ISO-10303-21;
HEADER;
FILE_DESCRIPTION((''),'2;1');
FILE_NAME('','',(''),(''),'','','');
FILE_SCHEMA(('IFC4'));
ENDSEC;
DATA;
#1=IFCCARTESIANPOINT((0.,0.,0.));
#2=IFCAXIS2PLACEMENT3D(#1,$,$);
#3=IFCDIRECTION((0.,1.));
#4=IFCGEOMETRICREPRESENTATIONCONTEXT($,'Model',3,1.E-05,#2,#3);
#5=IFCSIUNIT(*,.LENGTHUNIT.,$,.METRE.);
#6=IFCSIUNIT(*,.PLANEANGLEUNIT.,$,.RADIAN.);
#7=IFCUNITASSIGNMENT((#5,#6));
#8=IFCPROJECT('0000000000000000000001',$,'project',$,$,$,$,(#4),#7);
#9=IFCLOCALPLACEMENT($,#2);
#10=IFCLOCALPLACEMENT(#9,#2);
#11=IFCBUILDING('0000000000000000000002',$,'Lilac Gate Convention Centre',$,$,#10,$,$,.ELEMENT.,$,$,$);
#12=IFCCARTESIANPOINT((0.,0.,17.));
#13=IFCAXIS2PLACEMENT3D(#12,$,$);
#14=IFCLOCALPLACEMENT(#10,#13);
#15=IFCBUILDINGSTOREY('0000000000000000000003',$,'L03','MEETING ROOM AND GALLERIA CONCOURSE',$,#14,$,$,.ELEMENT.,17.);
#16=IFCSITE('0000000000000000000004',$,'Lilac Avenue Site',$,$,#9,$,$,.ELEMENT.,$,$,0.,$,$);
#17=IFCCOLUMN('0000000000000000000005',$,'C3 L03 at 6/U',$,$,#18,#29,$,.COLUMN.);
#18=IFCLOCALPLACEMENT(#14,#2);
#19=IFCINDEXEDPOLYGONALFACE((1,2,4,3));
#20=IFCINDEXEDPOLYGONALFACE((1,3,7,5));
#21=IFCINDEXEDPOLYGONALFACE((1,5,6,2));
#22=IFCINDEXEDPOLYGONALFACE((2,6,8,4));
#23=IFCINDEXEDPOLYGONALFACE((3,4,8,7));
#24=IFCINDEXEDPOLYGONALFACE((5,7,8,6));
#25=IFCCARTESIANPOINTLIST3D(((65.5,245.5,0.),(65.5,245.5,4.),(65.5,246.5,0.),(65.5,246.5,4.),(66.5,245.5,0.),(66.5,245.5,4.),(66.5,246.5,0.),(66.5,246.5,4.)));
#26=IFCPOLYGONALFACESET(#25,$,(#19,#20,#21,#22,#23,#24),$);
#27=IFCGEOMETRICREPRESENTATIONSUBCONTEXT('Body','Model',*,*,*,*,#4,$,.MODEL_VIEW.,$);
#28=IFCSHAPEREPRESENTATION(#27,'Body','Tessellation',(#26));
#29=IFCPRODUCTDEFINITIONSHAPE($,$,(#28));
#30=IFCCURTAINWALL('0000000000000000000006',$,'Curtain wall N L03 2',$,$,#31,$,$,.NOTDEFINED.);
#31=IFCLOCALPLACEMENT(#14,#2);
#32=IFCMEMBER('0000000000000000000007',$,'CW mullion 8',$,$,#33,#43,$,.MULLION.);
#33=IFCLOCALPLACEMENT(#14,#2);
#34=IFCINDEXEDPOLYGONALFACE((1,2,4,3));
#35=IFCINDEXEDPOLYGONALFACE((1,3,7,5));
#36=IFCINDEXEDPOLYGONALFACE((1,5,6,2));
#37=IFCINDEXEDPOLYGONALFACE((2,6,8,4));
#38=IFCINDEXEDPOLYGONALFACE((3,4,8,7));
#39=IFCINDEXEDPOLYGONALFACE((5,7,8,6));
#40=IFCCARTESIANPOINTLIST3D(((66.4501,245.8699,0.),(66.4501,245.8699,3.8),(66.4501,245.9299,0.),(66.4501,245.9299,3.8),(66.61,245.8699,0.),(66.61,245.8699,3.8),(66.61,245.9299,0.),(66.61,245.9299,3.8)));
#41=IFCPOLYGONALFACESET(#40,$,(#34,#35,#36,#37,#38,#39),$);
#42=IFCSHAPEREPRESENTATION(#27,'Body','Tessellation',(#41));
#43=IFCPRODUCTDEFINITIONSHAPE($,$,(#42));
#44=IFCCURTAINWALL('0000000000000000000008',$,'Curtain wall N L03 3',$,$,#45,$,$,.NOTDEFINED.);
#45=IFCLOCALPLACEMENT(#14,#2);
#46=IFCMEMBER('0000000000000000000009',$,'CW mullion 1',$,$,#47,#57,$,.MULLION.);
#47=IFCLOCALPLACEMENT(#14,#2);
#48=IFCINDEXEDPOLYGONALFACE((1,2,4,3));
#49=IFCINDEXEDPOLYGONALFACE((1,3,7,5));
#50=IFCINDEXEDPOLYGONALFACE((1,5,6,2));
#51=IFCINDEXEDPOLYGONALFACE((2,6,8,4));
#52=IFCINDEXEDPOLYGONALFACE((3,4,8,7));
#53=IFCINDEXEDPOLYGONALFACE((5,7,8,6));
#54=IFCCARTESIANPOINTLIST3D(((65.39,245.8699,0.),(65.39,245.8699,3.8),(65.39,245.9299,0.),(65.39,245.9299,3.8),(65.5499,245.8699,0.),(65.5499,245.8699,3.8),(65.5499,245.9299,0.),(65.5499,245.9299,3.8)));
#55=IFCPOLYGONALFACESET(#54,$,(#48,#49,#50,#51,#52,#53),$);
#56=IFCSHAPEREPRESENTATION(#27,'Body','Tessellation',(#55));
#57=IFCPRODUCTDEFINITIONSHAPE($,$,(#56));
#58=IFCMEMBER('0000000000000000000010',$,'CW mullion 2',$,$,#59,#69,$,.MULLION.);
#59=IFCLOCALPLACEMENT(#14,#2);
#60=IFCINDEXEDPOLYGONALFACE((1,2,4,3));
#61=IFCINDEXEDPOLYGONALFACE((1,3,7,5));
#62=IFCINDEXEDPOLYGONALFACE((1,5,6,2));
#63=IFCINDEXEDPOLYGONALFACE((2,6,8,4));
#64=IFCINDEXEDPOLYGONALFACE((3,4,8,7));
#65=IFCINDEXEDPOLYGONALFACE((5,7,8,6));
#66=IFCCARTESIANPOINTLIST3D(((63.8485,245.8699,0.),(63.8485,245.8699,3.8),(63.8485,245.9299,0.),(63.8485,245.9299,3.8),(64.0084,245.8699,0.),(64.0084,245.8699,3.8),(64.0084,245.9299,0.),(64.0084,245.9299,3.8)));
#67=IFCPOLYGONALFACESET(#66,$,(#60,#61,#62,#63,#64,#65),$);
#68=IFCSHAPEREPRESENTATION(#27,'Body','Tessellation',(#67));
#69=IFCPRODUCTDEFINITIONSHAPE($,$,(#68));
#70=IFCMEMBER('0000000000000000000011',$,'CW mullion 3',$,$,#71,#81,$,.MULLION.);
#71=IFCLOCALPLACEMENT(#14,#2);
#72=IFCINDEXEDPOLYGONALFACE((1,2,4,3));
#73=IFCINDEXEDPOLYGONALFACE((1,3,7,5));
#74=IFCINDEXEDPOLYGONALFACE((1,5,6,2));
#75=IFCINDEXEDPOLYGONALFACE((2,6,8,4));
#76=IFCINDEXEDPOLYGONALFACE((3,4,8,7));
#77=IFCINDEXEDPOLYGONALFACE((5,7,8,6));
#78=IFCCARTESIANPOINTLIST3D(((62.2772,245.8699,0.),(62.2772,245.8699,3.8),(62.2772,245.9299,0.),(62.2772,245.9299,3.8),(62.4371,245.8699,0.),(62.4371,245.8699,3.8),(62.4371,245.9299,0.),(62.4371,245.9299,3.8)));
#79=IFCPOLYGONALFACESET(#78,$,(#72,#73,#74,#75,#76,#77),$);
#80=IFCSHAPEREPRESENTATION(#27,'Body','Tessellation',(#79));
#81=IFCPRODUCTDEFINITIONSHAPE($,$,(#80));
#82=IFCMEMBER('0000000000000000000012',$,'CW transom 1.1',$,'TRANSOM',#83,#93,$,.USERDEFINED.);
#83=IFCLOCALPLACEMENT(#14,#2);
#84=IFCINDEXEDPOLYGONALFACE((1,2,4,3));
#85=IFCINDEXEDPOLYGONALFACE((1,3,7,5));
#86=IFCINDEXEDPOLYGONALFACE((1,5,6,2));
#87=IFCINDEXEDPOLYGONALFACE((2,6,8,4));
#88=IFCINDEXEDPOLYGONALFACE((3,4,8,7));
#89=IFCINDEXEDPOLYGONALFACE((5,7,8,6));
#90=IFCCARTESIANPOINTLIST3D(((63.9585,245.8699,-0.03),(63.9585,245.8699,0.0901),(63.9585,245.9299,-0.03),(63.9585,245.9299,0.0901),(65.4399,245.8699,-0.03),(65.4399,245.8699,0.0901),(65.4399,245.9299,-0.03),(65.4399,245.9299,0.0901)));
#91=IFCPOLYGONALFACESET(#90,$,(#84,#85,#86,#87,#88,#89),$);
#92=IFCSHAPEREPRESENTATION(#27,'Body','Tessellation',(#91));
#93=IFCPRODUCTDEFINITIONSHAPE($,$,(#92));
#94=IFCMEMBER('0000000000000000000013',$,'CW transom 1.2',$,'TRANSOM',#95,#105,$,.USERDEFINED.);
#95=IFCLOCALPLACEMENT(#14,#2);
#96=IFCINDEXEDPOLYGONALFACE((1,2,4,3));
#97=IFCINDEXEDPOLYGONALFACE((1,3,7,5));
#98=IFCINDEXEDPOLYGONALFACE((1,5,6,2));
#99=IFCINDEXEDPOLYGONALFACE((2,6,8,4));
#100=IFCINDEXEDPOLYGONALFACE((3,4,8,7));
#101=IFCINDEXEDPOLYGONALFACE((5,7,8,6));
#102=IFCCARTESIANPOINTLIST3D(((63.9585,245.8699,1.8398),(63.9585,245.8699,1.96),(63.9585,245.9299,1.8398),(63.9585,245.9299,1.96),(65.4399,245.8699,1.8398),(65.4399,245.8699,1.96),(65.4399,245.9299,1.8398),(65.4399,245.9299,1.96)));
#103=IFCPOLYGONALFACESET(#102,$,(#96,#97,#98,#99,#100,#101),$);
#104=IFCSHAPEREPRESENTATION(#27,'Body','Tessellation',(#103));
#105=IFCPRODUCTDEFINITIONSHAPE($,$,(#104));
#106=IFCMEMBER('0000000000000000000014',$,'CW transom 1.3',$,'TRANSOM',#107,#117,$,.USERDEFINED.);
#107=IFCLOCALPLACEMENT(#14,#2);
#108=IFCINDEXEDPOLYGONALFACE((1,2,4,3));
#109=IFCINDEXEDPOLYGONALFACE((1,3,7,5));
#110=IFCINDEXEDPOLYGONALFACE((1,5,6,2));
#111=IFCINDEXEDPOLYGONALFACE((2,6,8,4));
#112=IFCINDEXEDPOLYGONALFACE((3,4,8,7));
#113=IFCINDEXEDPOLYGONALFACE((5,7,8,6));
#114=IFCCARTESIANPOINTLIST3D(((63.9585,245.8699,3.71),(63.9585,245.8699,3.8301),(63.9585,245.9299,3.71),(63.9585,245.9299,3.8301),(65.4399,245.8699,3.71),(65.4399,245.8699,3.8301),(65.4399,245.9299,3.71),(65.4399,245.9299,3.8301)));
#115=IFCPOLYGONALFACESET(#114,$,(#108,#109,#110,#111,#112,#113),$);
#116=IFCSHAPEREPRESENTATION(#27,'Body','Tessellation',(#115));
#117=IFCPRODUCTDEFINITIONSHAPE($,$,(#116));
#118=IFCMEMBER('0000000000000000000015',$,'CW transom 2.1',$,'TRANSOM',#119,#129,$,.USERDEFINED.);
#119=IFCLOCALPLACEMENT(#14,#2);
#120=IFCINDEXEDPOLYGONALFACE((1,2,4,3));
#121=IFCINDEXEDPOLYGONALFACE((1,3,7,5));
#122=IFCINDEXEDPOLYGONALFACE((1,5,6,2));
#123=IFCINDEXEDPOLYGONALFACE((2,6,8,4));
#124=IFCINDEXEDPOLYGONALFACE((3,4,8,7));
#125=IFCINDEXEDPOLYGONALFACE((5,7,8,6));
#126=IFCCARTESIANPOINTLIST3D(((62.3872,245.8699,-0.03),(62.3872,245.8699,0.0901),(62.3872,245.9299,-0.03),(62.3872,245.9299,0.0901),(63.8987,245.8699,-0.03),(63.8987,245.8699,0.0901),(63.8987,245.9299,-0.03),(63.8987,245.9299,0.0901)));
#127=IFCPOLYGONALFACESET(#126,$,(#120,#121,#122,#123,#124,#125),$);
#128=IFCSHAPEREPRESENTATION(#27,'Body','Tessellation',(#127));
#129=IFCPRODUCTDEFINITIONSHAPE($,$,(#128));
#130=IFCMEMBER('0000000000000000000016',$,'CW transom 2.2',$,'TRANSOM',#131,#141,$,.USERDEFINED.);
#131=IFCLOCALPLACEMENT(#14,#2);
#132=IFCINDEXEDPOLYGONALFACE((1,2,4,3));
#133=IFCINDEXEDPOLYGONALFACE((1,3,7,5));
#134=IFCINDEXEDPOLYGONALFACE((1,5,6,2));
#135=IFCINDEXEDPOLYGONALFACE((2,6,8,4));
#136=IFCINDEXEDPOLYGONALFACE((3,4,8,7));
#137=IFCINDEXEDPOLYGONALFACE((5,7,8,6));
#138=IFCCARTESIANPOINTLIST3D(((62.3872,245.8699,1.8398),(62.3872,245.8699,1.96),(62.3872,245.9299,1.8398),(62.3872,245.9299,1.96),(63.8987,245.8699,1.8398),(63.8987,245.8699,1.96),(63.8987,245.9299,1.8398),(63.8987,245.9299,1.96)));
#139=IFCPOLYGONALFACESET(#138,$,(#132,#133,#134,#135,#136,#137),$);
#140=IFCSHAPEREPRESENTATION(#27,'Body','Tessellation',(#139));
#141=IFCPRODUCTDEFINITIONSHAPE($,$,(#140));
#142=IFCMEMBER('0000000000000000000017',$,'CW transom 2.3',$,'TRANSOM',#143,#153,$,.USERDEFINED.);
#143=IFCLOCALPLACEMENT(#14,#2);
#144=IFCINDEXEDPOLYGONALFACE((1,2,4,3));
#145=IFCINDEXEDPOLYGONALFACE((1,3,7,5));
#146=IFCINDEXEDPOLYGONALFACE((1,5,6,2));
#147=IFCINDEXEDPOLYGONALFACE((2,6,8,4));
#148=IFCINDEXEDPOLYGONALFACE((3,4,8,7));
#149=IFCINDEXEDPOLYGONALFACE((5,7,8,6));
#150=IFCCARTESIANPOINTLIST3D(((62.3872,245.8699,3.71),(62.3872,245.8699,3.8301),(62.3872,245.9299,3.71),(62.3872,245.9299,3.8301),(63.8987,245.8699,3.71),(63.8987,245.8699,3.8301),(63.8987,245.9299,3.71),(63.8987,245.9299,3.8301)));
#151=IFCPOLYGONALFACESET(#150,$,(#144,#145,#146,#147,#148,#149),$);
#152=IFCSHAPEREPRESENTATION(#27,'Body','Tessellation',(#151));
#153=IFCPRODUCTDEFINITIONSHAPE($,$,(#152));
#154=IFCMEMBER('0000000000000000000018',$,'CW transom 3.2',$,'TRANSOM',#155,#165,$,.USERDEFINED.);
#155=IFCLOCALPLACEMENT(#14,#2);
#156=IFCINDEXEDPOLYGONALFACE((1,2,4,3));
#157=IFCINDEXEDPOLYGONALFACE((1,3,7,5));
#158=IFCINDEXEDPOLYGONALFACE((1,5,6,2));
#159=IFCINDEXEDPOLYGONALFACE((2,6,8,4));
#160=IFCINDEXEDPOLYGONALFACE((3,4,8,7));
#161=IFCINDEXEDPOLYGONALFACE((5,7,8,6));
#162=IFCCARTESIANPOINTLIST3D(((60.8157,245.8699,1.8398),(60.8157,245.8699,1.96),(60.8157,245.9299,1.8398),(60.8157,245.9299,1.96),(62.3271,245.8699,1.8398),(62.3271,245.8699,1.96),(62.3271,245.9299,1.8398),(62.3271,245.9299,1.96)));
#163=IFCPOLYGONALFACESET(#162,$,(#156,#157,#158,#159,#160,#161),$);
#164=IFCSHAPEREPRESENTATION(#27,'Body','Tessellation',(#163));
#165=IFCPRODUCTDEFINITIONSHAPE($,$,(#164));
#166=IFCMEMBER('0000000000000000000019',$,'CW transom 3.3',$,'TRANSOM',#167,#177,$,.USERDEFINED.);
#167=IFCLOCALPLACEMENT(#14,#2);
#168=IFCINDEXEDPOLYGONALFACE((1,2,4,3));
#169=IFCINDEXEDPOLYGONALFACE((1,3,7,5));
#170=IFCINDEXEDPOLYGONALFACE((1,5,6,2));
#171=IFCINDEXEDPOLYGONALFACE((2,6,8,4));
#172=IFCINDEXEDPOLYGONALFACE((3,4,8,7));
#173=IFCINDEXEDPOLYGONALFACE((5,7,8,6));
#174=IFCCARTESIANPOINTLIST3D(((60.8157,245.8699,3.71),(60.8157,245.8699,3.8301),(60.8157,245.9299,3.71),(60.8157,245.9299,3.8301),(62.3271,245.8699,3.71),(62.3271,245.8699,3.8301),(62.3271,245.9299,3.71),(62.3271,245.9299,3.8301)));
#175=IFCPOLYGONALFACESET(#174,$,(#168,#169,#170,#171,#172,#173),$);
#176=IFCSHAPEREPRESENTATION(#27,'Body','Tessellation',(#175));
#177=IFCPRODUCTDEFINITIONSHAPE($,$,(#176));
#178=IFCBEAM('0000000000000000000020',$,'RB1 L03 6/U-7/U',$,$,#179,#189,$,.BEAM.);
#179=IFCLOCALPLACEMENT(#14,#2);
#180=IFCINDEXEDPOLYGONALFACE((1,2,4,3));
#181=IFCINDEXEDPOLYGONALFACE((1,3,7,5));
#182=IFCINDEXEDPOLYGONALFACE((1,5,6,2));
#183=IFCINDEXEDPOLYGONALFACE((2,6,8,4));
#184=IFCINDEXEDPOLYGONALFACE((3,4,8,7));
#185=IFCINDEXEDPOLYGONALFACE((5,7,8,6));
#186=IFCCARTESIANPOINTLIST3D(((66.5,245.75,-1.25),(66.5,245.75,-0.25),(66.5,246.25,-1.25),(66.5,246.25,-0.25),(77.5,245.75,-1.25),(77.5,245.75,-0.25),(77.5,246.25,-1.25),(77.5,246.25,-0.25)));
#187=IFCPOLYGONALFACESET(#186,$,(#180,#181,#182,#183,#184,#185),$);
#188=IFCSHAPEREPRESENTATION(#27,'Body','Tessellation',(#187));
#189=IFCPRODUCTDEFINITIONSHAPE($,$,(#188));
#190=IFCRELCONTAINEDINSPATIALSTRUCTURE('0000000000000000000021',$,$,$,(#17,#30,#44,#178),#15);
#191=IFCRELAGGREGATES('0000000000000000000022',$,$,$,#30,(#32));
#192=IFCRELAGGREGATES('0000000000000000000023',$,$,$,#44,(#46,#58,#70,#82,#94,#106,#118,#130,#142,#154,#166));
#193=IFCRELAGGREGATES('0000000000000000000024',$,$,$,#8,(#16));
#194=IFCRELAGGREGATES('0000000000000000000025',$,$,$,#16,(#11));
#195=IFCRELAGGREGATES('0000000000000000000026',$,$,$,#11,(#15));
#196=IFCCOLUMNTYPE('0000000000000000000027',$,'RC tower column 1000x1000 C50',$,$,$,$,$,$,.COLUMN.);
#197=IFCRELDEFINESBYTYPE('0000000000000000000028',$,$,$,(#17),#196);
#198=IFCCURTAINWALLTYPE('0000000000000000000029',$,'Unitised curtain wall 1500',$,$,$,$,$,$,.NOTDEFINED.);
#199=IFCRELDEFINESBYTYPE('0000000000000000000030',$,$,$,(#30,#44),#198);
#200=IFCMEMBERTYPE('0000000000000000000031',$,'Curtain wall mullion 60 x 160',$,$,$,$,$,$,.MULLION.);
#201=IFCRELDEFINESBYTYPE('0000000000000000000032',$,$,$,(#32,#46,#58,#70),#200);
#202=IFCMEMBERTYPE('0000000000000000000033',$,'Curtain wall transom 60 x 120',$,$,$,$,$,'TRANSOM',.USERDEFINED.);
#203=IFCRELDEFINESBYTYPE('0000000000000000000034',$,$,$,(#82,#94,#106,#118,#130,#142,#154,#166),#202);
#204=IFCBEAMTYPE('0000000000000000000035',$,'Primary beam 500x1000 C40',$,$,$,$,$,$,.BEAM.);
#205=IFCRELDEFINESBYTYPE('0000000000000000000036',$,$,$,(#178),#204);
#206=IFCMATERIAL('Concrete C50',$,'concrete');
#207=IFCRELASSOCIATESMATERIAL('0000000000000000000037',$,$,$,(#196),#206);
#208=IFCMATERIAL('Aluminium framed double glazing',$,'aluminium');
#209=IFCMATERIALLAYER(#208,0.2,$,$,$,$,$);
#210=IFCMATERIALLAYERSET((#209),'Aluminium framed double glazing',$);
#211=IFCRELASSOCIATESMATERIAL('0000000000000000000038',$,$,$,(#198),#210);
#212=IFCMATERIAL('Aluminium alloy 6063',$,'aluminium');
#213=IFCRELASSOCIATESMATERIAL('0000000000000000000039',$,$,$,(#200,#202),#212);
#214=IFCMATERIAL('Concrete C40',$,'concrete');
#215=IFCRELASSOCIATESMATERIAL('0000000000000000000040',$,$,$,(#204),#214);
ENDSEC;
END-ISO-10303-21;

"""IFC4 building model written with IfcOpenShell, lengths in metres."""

from ifc_helpers import new_model, si_unit, direction, frame, origin, origin_2d, place, context, subcontext, project, spatial, rectangle, extrude, material, layer, layer_set, material_profile, profile_set, type_object, element, aggregate, save


model = new_model("IFC4")

# Units and contexts
model_context = context("Model", 3, precision=1e-05, world=origin(), true_north=direction((0.0, 1.0)))
body_context = subcontext(model_context, "Body", "Model", "MODEL_VIEW")
ifc_project = project(units=[si_unit("LENGTHUNIT", "METRE"), si_unit("PLANEANGLEUNIT", "RADIAN")], contexts=[model_context])

# Site, building, storey
site_placement = place(None, origin())
site = spatial("IfcSite", under=ifc_project, at=site_placement, Name="Lilac Avenue Site", CompositionType="ELEMENT", RefElevation=0.0)
building_placement = place(site_placement, origin())
building = spatial("IfcBuilding", under=site, at=building_placement, Name="Lilac Gate Convention Centre", CompositionType="ELEMENT")
storey_placement = place(building_placement, frame((0.0, 0.0, 17.0)))
storey = spatial("IfcBuildingStorey", under=building, at=storey_placement, Name="L03", Description="MEETING ROOM AND GALLERIA CONCOURSE", CompositionType="ELEMENT", Elevation=17.0)

# Column
ifc_material_1 = material(Name="Concrete C50", Category="concrete")
ifc_material_profile_1 = material_profile(ifc_material_1, rectangle(XDim=1.0, YDim=1.0, at=origin_2d()), Name="RC 1000x1000")
ifc_profile_set_1 = profile_set([ifc_material_profile_1], Name="Concrete C50")
column_type = type_object("IfcColumnType", Name="RC tower column 1000x1000 C50", PredefinedType="COLUMN", material=ifc_profile_set_1)
column_placement = place(storey_placement, frame((66.0, 246.0, 0.0), z_axis=(0.0, 0.0, 1.0), x_axis=(1.0, 0.0, 0.0)))
element("IfcColumn", 1, at=column_placement, inside=storey, type_object=column_type, Name="C3 L03 at 6/U", PredefinedType="COLUMN", context=body_context, shape_type="SweptSolid", body=[
    extrude(rectangle(XDim=1.0, YDim=1.0, at=origin_2d()), origin(), (0.0, 0.0, 1.0), 4.0),
])

# Curtain wall, member
ifc_material_2 = material(Name="Aluminium framed double glazing", Category="aluminium")
ifc_layer_1 = layer(ifc_material_2, 0.2)
ifc_layer_set_1 = layer_set([ifc_layer_1], Name="Aluminium framed double glazing")
curtain_wall_type = type_object("IfcCurtainWallType", Name="Unitised curtain wall 1500", PredefinedType="NOTDEFINED", material=ifc_layer_set_1)
curtain_wall_1_placement = place(storey_placement, origin())
curtain_wall_1 = element("IfcCurtainWall", 2, at=curtain_wall_1_placement, inside=storey, type_object=curtain_wall_type, Name="Curtain wall N L03 2", PredefinedType="NOTDEFINED")
ifc_material_3 = material(Name="Aluminium alloy 6063", Category="aluminium")
ifc_material_profile_2 = material_profile(ifc_material_3, rectangle(XDim=0.0601, YDim=0.1599, at=origin_2d()), Name="Curtain wall mullion 60 x 160")
ifc_profile_set_2 = profile_set([ifc_material_profile_2], Name="Aluminium alloy 6063")
member_type_1 = type_object("IfcMemberType", Name="Curtain wall mullion 60 x 160", PredefinedType="MULLION", material=ifc_profile_set_2)
member_1_placement = place(storey_placement, frame((66.53, 245.8999, 0.0), z_axis=(0.0, 0.0, 1.0), x_axis=(0.0, -1.0, 0.0)))
member_1 = element("IfcMember", 3, at=member_1_placement, type_object=member_type_1, Name="CW mullion 8", PredefinedType="MULLION", context=body_context, shape_type="SweptSolid", body=[
    extrude(rectangle(XDim=0.0601, YDim=0.1599, at=origin_2d()), origin(), (0.0, 0.0, 1.0), 3.8),
])

# Curtain wall, members
curtain_wall_2_placement = place(storey_placement, origin())
curtain_wall_2 = element("IfcCurtainWall", 4, at=curtain_wall_2_placement, inside=storey, type_object=curtain_wall_type, Name="Curtain wall N L03 3", PredefinedType="NOTDEFINED")
member_2_placement = place(storey_placement, frame((65.47, 245.8999, 0.0), z_axis=(0.0, 0.0, 1.0), x_axis=(0.0, -1.0, 0.0)))
member_2 = element("IfcMember", 5, at=member_2_placement, type_object=member_type_1, Name="CW mullion 1", PredefinedType="MULLION", context=body_context, shape_type="SweptSolid", body=[
    extrude(rectangle(XDim=0.0601, YDim=0.1599, at=origin_2d()), origin(), (0.0, 0.0, 1.0), 3.8),
])
member_3_placement = place(storey_placement, frame((63.9285, 245.8999, 0.0), z_axis=(0.0, 0.0, 1.0), x_axis=(0.0, -1.0, 0.0)))
member_3 = element("IfcMember", 6, at=member_3_placement, type_object=member_type_1, Name="CW mullion 2", PredefinedType="MULLION", context=body_context, shape_type="SweptSolid", body=[
    extrude(rectangle(XDim=0.0601, YDim=0.1599, at=origin_2d()), origin(), (0.0, 0.0, 1.0), 3.8),
])
member_4_placement = place(storey_placement, frame((62.3572, 245.8999, 0.0), z_axis=(0.0, 0.0, 1.0), x_axis=(0.0, -1.0, 0.0)))
member_4 = element("IfcMember", 7, at=member_4_placement, type_object=member_type_1, Name="CW mullion 3", PredefinedType="MULLION", context=body_context, shape_type="SweptSolid", body=[
    extrude(rectangle(XDim=0.0601, YDim=0.1599, at=origin_2d()), origin(), (0.0, 0.0, 1.0), 3.8),
])
ifc_material_profile_3 = material_profile(ifc_material_3, rectangle(XDim=0.0601, YDim=0.1201, at=origin_2d()), Name="Curtain wall transom 60 x 120")
ifc_profile_set_3 = profile_set([ifc_material_profile_3], Name="Aluminium alloy 6063")
member_type_2 = type_object("IfcMemberType", Name="Curtain wall transom 60 x 120", ElementType="TRANSOM", PredefinedType="USERDEFINED", material=ifc_profile_set_3)
member_5_placement = place(storey_placement, frame((65.4399, 245.8999, 0.03), z_axis=(-1.0, 0.0, 0.0), x_axis=(0.0, -1.0, 0.0)))
member_5 = element("IfcMember", 8, at=member_5_placement, type_object=member_type_2, Name="CW transom 1.1", ObjectType="TRANSOM", PredefinedType="USERDEFINED", context=body_context, shape_type="SweptSolid", body=[
    extrude(rectangle(XDim=0.0601, YDim=0.1201, at=origin_2d()), origin(), (0.0, 0.0, 1.0), 1.4814),
])
member_6_placement = place(storey_placement, frame((65.4399, 245.8999, 1.8999), z_axis=(-1.0, 0.0, 0.0), x_axis=(0.0, -1.0, 0.0)))
member_6 = element("IfcMember", 9, at=member_6_placement, type_object=member_type_2, Name="CW transom 1.2", ObjectType="TRANSOM", PredefinedType="USERDEFINED", context=body_context, shape_type="SweptSolid", body=[
    extrude(rectangle(XDim=0.0601, YDim=0.1201, at=origin_2d()), origin(), (0.0, 0.0, 1.0), 1.4814),
])
member_7_placement = place(storey_placement, frame((65.4399, 245.8999, 3.77), z_axis=(-1.0, 0.0, 0.0), x_axis=(0.0, -1.0, 0.0)))
member_7 = element("IfcMember", 10, at=member_7_placement, type_object=member_type_2, Name="CW transom 1.3", ObjectType="TRANSOM", PredefinedType="USERDEFINED", context=body_context, shape_type="SweptSolid", body=[
    extrude(rectangle(XDim=0.0601, YDim=0.1201, at=origin_2d()), origin(), (0.0, 0.0, 1.0), 1.4814),
])
member_8_placement = place(storey_placement, frame((63.8987, 245.8999, 0.03), z_axis=(-1.0, 0.0, 0.0), x_axis=(0.0, -1.0, 0.0)))
member_8 = element("IfcMember", 11, at=member_8_placement, type_object=member_type_2, Name="CW transom 2.1", ObjectType="TRANSOM", PredefinedType="USERDEFINED", context=body_context, shape_type="SweptSolid", body=[
    extrude(rectangle(XDim=0.0601, YDim=0.1201, at=origin_2d()), origin(), (0.0, 0.0, 1.0), 1.5115),
])
member_9_placement = place(storey_placement, frame((63.8987, 245.8999, 1.8999), z_axis=(-1.0, 0.0, 0.0), x_axis=(0.0, -1.0, 0.0)))
member_9 = element("IfcMember", 12, at=member_9_placement, type_object=member_type_2, Name="CW transom 2.2", ObjectType="TRANSOM", PredefinedType="USERDEFINED", context=body_context, shape_type="SweptSolid", body=[
    extrude(rectangle(XDim=0.0601, YDim=0.1201, at=origin_2d()), origin(), (0.0, 0.0, 1.0), 1.5115),
])
member_10_placement = place(storey_placement, frame((63.8987, 245.8999, 3.77), z_axis=(-1.0, 0.0, 0.0), x_axis=(0.0, -1.0, 0.0)))
member_10 = element("IfcMember", 13, at=member_10_placement, type_object=member_type_2, Name="CW transom 2.3", ObjectType="TRANSOM", PredefinedType="USERDEFINED", context=body_context, shape_type="SweptSolid", body=[
    extrude(rectangle(XDim=0.0601, YDim=0.1201, at=origin_2d()), origin(), (0.0, 0.0, 1.0), 1.5115),
])
member_11_placement = place(storey_placement, frame((62.3271, 245.8999, 1.8999), z_axis=(-1.0, 0.0, 0.0), x_axis=(0.0, -1.0, 0.0)))
member_11 = element("IfcMember", 14, at=member_11_placement, type_object=member_type_2, Name="CW transom 3.2", ObjectType="TRANSOM", PredefinedType="USERDEFINED", context=body_context, shape_type="SweptSolid", body=[
    extrude(rectangle(XDim=0.0601, YDim=0.1201, at=origin_2d()), origin(), (0.0, 0.0, 1.0), 1.5115),
])
member_12_placement = place(storey_placement, frame((62.3271, 245.8999, 3.77), z_axis=(-1.0, 0.0, 0.0), x_axis=(0.0, -1.0, 0.0)))
member_12 = element("IfcMember", 15, at=member_12_placement, type_object=member_type_2, Name="CW transom 3.3", ObjectType="TRANSOM", PredefinedType="USERDEFINED", context=body_context, shape_type="SweptSolid", body=[
    extrude(rectangle(XDim=0.0601, YDim=0.1201, at=origin_2d()), origin(), (0.0, 0.0, 1.0), 1.5115),
])

# Beam
ifc_material_4 = material(Name="Concrete C40", Category="concrete")
ifc_material_profile_4 = material_profile(ifc_material_4, rectangle(XDim=0.5, YDim=1.0, at=origin_2d()), Name="RC 500x1000")
ifc_profile_set_4 = profile_set([ifc_material_profile_4], Name="Concrete C40")
beam_type = type_object("IfcBeamType", Name="Primary beam 500x1000 C40", PredefinedType="BEAM", material=ifc_profile_set_4)
beam_placement = place(storey_placement, frame((66.5, 246.0, -0.75), z_axis=(1.0, 0.0, 0.0), x_axis=(0.0, 1.0, 0.0)))
element("IfcBeam", 16, at=beam_placement, inside=storey, type_object=beam_type, Name="RB1 L03 6/U-7/U", PredefinedType="BEAM", context=body_context, shape_type="SweptSolid", body=[
    extrude(rectangle(XDim=0.5, YDim=1.0, at=origin_2d()), origin(), (0.0, 0.0, 1.0), 11.0),
])

aggregate(curtain_wall_1, [member_1])
aggregate(curtain_wall_2, [member_2, member_3, member_4, member_5, member_6, member_7, member_8, member_9, member_10, member_11, member_12])

save(model, "model.ifc")
